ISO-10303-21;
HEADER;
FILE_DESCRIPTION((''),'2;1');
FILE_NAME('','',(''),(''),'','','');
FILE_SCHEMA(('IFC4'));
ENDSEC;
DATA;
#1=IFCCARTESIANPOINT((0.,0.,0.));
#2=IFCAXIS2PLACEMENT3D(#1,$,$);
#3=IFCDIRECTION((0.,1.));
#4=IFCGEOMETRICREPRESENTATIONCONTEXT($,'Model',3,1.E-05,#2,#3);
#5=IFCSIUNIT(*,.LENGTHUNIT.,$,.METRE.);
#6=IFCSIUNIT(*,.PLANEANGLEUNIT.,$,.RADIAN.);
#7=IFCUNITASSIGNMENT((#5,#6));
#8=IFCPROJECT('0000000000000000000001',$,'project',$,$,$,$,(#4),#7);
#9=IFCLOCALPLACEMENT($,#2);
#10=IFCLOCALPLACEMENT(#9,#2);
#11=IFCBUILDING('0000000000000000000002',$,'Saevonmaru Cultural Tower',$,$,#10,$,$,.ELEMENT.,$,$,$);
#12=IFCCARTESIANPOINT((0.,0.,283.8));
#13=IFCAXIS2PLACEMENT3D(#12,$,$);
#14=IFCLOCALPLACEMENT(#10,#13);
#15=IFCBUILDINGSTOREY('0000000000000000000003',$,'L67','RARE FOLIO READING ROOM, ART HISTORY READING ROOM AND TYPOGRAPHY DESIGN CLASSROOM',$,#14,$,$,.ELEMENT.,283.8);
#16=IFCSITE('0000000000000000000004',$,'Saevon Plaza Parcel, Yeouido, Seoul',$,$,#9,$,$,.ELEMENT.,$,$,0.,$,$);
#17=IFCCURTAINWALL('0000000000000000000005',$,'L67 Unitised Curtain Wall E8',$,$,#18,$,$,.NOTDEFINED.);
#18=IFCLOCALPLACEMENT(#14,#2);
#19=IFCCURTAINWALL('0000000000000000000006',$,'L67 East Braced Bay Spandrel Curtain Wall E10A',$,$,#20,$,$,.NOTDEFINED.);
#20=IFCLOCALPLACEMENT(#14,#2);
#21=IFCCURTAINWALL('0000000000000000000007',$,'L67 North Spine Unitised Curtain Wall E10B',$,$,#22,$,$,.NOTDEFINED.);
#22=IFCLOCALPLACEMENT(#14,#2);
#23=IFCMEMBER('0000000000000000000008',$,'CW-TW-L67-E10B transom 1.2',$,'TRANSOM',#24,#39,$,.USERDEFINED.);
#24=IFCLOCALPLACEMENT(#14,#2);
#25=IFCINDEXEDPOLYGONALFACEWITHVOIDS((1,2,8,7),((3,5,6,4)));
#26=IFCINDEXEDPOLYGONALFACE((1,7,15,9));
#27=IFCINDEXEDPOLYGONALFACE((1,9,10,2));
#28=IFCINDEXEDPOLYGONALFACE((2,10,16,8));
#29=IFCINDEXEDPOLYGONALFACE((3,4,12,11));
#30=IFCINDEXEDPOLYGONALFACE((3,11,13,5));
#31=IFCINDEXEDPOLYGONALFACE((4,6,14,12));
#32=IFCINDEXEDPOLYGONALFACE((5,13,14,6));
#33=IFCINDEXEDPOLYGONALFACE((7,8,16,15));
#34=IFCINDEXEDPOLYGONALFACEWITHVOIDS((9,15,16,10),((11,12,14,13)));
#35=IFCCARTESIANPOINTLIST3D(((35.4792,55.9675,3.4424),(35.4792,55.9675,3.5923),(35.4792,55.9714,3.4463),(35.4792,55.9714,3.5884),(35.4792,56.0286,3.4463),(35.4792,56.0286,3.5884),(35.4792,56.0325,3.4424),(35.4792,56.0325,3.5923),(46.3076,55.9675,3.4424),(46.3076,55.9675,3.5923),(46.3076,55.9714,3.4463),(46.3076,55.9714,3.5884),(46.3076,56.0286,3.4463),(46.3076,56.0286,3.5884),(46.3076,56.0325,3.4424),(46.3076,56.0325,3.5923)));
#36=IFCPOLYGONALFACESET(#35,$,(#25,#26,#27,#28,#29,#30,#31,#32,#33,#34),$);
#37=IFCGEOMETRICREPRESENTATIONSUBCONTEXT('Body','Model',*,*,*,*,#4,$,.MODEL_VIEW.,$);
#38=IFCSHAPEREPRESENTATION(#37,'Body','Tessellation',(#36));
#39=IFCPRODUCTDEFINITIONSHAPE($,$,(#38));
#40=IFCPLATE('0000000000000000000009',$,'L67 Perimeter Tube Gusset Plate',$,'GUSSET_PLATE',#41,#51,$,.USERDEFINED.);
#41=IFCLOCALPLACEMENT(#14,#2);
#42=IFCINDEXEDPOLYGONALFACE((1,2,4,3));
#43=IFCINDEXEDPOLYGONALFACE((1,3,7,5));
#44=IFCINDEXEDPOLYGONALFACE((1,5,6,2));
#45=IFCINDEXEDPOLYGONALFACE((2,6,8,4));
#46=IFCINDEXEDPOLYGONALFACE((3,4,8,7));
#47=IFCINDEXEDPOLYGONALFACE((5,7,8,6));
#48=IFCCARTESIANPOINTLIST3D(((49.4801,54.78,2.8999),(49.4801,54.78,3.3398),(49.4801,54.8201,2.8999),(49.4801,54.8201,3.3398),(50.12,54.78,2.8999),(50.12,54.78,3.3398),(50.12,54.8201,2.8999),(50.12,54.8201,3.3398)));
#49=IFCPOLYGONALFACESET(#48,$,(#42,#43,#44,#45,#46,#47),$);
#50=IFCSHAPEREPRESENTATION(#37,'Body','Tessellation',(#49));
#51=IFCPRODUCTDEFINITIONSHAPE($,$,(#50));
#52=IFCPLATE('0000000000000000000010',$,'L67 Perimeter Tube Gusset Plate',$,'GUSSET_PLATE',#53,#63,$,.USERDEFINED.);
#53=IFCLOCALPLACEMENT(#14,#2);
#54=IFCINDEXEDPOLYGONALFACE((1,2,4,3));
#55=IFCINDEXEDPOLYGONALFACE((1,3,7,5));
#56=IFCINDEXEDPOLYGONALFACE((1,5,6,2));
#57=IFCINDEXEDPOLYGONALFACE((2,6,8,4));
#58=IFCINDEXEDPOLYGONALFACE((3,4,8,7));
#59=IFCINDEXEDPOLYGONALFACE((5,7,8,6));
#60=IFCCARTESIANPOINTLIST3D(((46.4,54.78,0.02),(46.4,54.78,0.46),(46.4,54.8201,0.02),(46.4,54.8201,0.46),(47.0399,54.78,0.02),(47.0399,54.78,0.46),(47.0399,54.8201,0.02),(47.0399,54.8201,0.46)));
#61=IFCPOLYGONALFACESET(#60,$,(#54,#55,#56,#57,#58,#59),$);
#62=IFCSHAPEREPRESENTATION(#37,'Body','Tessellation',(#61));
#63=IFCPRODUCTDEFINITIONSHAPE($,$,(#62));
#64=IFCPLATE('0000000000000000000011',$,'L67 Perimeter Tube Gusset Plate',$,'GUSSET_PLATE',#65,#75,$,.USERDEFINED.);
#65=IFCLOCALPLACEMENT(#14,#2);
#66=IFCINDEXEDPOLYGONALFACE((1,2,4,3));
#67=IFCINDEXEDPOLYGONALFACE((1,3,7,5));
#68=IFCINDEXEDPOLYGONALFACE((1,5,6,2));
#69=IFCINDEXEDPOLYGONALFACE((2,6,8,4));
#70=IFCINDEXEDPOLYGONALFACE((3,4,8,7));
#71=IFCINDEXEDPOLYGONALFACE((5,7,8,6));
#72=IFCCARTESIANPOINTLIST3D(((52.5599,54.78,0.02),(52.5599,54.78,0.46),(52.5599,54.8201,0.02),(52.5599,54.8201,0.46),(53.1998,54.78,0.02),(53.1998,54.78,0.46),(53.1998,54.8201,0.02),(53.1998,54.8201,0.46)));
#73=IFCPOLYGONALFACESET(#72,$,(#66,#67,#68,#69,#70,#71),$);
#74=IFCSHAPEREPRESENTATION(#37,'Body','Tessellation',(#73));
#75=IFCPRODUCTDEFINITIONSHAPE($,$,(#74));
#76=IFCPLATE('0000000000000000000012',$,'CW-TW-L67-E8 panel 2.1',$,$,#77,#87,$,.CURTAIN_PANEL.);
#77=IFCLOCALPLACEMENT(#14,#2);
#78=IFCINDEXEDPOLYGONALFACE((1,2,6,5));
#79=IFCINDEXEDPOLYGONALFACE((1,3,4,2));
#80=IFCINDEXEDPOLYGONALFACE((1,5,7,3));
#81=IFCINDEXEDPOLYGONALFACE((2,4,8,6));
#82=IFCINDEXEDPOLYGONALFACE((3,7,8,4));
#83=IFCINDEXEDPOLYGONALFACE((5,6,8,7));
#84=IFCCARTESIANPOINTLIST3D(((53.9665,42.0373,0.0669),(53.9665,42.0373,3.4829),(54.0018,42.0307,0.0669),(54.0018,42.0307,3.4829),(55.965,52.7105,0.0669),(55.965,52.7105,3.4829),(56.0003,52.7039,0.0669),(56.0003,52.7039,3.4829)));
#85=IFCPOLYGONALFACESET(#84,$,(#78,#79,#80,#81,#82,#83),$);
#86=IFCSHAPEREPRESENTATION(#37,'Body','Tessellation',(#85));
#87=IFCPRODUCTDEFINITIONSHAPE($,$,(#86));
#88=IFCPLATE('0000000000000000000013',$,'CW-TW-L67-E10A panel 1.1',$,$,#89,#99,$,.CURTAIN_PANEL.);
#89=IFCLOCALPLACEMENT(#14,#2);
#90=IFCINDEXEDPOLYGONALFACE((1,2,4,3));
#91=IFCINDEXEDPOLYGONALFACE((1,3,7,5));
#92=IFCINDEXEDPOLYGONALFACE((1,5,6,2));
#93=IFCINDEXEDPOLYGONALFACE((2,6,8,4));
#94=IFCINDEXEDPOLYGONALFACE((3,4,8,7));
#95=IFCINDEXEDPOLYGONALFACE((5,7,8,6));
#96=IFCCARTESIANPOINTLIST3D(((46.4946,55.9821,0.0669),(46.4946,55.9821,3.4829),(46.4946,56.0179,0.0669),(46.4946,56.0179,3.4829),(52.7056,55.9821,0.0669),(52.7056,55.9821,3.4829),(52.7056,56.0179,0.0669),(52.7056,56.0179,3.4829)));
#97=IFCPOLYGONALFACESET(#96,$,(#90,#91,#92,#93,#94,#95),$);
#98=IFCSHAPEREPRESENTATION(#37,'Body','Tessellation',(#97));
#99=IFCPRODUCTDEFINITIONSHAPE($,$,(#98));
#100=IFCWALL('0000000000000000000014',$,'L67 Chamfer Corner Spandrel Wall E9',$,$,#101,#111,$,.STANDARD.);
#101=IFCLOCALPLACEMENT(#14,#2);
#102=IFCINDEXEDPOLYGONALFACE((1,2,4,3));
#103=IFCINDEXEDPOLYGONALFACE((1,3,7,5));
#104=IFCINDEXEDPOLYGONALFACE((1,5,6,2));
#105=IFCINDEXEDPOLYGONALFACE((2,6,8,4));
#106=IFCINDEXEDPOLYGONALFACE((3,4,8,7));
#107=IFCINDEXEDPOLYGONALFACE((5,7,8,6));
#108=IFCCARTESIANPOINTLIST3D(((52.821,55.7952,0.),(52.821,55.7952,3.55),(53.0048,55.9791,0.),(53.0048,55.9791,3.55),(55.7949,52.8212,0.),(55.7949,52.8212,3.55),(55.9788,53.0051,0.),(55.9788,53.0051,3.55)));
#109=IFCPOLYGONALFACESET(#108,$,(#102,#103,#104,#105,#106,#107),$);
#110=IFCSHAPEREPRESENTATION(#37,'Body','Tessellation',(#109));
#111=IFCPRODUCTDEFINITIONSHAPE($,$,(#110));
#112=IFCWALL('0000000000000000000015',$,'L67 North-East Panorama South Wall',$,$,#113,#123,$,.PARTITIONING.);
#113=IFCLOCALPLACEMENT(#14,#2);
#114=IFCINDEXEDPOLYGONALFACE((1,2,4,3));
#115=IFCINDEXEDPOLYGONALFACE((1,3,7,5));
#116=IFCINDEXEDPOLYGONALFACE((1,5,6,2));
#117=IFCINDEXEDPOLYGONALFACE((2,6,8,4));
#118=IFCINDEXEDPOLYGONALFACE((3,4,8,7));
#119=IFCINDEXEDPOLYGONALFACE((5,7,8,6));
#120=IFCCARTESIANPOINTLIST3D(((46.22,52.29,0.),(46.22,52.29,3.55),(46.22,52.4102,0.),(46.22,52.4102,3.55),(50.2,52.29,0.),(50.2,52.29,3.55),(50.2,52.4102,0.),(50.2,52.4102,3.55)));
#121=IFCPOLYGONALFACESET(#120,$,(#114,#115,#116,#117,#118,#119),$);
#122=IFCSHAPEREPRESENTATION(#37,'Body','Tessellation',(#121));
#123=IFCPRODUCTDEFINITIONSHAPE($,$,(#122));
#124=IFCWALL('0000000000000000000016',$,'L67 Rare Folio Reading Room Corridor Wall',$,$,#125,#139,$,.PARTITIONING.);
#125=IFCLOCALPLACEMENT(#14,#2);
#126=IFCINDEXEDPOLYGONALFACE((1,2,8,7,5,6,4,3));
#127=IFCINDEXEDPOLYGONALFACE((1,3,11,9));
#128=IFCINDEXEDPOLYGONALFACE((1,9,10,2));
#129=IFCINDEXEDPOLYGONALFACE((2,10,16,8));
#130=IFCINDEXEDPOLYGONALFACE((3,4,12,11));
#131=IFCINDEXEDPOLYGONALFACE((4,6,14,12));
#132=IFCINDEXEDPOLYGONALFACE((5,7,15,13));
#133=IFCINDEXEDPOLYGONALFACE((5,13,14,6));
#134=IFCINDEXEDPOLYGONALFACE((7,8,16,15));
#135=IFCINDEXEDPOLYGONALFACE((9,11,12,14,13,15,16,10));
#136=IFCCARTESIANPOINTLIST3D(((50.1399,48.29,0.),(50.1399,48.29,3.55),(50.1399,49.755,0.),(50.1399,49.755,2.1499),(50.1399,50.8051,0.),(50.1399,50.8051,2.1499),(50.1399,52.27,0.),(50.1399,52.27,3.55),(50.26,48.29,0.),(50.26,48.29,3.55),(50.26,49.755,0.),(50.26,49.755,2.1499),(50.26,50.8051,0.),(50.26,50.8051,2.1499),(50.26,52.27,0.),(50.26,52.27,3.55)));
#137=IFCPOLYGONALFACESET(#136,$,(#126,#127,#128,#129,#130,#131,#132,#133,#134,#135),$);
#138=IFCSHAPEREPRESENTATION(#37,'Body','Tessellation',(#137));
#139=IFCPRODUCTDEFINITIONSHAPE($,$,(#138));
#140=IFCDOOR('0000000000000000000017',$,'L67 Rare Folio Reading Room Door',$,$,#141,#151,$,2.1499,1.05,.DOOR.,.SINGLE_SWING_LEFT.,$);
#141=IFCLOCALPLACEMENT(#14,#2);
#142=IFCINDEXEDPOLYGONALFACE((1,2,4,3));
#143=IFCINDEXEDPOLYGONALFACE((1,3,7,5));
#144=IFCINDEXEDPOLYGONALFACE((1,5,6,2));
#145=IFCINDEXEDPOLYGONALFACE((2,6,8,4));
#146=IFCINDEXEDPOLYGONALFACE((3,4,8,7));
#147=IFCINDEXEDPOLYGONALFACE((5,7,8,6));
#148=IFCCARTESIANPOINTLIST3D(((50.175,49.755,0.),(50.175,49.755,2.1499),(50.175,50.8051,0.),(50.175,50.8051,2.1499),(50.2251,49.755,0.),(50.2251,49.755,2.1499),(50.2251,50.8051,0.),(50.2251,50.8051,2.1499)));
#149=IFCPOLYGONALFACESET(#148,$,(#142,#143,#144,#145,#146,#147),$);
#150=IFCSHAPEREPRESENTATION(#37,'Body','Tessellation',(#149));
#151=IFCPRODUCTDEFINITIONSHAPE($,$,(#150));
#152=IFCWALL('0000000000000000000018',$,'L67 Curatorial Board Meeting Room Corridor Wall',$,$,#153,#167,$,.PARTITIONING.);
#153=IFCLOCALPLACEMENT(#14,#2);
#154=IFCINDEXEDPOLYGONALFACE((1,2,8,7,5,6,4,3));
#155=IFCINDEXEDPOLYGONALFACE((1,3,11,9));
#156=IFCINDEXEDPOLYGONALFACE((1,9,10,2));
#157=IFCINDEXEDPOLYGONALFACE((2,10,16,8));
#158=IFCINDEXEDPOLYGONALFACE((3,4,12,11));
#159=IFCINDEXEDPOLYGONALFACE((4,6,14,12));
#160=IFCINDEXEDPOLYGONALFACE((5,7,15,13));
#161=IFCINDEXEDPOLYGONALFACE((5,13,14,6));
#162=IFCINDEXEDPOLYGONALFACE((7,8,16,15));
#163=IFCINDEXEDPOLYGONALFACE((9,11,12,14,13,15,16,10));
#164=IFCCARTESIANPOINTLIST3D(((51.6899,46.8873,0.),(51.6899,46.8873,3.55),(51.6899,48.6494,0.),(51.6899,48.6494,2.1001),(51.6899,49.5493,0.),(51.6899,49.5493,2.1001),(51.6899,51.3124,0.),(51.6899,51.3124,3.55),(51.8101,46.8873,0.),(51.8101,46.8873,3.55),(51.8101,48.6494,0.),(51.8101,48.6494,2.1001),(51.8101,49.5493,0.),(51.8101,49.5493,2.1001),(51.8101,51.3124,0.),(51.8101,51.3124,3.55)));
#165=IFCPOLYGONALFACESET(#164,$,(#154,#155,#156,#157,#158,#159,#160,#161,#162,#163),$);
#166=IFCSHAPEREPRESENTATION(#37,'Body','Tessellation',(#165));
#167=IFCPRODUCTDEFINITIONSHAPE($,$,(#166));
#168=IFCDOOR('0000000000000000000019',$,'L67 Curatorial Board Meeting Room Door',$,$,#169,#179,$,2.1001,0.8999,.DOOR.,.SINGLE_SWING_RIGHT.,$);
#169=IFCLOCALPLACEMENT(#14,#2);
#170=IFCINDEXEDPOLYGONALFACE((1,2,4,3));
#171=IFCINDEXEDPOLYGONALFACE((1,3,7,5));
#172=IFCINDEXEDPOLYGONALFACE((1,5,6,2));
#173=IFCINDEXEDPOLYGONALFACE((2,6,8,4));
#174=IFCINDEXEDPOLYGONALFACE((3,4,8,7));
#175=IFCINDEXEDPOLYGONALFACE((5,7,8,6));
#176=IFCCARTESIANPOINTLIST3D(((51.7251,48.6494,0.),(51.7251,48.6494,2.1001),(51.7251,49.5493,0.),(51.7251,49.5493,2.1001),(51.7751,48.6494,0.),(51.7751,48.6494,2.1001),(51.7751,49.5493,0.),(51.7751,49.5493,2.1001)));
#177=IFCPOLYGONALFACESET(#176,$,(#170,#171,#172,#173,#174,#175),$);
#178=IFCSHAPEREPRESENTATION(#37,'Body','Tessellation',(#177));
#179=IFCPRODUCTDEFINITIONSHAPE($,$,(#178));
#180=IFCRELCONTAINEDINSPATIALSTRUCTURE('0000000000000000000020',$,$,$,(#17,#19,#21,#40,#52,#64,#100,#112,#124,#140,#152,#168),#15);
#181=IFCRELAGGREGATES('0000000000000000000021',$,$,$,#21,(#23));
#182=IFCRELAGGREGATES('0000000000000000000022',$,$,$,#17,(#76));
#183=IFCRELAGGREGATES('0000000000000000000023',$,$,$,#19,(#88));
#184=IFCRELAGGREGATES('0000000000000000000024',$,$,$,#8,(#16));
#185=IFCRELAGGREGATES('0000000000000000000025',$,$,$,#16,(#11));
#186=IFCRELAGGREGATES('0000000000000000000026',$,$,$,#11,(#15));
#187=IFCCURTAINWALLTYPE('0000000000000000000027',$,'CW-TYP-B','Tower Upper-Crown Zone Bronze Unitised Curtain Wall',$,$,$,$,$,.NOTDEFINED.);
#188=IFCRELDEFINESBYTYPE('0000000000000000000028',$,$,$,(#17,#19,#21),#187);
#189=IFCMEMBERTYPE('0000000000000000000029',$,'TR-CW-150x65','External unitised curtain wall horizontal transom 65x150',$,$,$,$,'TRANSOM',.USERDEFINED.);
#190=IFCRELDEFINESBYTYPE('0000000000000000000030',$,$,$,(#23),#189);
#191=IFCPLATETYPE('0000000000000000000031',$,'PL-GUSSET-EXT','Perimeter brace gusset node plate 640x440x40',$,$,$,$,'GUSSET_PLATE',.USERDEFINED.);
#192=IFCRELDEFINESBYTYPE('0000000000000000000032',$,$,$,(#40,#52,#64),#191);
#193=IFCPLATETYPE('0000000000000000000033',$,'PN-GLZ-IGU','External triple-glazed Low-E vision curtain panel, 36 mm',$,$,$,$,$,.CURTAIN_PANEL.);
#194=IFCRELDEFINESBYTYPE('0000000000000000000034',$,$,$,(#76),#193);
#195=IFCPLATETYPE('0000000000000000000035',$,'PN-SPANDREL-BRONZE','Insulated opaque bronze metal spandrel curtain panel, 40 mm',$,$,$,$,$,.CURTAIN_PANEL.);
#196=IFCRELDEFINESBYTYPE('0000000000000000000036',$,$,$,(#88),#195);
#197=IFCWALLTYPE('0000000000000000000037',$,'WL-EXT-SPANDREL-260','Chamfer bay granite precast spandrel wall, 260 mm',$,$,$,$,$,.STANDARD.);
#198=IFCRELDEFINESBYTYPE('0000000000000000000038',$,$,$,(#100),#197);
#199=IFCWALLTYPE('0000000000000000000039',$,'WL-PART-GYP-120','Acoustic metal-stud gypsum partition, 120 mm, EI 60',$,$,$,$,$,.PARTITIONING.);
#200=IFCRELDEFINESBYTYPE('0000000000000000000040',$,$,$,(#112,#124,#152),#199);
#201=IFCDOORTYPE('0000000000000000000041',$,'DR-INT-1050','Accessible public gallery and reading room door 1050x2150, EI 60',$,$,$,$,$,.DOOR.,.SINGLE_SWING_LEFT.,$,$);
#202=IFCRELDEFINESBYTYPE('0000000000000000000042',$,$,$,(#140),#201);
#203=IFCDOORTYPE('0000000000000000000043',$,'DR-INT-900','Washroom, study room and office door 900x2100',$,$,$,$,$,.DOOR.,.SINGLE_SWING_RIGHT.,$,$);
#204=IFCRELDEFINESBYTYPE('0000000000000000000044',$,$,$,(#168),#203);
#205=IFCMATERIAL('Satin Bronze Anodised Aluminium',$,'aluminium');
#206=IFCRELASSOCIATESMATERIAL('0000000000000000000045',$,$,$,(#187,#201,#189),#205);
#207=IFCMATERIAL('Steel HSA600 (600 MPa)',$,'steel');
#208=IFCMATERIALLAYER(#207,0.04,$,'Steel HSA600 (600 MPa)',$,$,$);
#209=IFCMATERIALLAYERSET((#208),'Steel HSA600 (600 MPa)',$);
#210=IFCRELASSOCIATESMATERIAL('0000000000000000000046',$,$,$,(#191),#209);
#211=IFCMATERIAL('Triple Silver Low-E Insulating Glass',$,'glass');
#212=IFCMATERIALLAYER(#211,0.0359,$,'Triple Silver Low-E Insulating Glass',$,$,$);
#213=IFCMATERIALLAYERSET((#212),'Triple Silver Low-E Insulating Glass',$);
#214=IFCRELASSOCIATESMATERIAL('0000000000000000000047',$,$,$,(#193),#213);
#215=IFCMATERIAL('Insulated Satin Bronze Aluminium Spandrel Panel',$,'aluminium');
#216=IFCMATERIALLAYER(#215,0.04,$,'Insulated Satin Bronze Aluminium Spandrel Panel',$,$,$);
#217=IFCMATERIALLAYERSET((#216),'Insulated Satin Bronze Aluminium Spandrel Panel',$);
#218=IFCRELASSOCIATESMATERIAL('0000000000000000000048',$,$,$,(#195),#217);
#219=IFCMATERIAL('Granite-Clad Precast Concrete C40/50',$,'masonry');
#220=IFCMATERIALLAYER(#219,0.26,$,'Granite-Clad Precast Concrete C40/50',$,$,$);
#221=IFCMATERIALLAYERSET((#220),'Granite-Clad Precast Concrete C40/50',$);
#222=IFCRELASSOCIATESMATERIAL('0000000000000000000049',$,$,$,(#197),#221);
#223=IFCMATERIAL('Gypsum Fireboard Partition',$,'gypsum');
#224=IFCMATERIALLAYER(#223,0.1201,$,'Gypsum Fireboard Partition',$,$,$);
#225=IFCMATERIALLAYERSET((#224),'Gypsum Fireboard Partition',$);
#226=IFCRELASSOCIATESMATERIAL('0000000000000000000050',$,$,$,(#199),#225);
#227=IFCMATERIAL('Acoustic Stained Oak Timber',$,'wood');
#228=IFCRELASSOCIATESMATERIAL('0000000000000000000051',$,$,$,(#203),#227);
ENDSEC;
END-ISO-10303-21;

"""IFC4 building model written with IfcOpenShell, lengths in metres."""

from ifc_helpers import new_model, si_unit, direction, frame, frame_2d, origin, origin_2d, place, context, subcontext, project, spatial, rectangle, hollow_rectangle, extrude, material, layer, layer_set, material_profile, profile_set, type_object, element, fill, aggregate, save


model = new_model("IFC4")

# Units and contexts
model_context = context("Model", 3, precision=1e-05, world=origin(), true_north=direction((0.0, 1.0)))
body_context = subcontext(model_context, "Body", "Model", "MODEL_VIEW")
ifc_project = project(units=[si_unit("LENGTHUNIT", "METRE"), si_unit("PLANEANGLEUNIT", "RADIAN")], contexts=[model_context])

# Site, building, storey
site_placement = place(None, origin())
site = spatial("IfcSite", under=ifc_project, at=site_placement, Name="Saevon Plaza Parcel, Yeouido, Seoul", CompositionType="ELEMENT", RefElevation=0.0)
building_placement = place(site_placement, origin())
building = spatial("IfcBuilding", under=site, at=building_placement, Name="Saevonmaru Cultural Tower", CompositionType="ELEMENT")
storey_placement = place(building_placement, frame((0.0, 0.0, 283.8)))
storey = spatial("IfcBuildingStorey", under=building, at=storey_placement, Name="L67", Description="RARE FOLIO READING ROOM, ART HISTORY READING ROOM AND TYPOGRAPHY DESIGN CLASSROOM", CompositionType="ELEMENT", Elevation=283.8)

# Curtain wall
ifc_material_1 = material(Name="Satin Bronze Anodised Aluminium", Category="aluminium")
curtain_wall_type = type_object("IfcCurtainWallType", Name="CW-TYP-B", Description="Tower Upper-Crown Zone Bronze Unitised Curtain Wall", PredefinedType="NOTDEFINED", material=ifc_material_1)
curtain_wall_1_placement = place(storey_placement, origin())
curtain_wall_1 = element("IfcCurtainWall", 1, at=curtain_wall_1_placement, inside=storey, type_object=curtain_wall_type, Name="L67 Unitised Curtain Wall E8", PredefinedType="NOTDEFINED")

# Curtain wall
curtain_wall_2_placement = place(storey_placement, origin())
curtain_wall_2 = element("IfcCurtainWall", 2, at=curtain_wall_2_placement, inside=storey, type_object=curtain_wall_type, Name="L67 East Braced Bay Spandrel Curtain Wall E10A", PredefinedType="NOTDEFINED")

# Curtain wall
curtain_wall_3_placement = place(storey_placement, origin())
curtain_wall_3 = element("IfcCurtainWall", 3, at=curtain_wall_3_placement, inside=storey, type_object=curtain_wall_type, Name="L67 North Spine Unitised Curtain Wall E10B", PredefinedType="NOTDEFINED")

# Member
ifc_material_profile_1 = material_profile(ifc_material_1, hollow_rectangle(XDim=0.0649, YDim=0.1499, WallThickness=0.0039, at=origin_2d()), Name="ALU-TRAN-150x65x4")
ifc_profile_set_1 = profile_set([ifc_material_profile_1], Name="Satin Bronze Anodised Aluminium")
member_type_1 = type_object("IfcMemberType", Name="TR-CW-150x65", Description="External unitised curtain wall horizontal transom 65x150", ElementType="TRANSOM", PredefinedType="USERDEFINED", material=ifc_profile_set_1)
member_1_placement = place(storey_placement, frame((46.3076, 56.0, 3.5173), z_axis=(-1.0, 0.0, 0.0), x_axis=(0.0, -1.0, 0.0)))
member_1 = element("IfcMember", 4, at=member_1_placement, type_object=member_type_1, Name="CW-TW-L67-E10B transom 1.2", ObjectType="TRANSOM", PredefinedType="USERDEFINED", context=body_context, shape_type="SweptSolid", body=[
    extrude(hollow_rectangle(XDim=0.0649, YDim=0.1499, WallThickness=0.0039, at=origin_2d()), origin(), (0.0, 0.0, 1.0), 10.8284),
])
aggregate(curtain_wall_3, [member_1])

# Plates
ifc_material_2 = material(Name="Steel HSA600 (600 MPa)", Category="steel")
ifc_layer_1 = layer(ifc_material_2, 0.04, Name="Steel HSA600 (600 MPa)")
ifc_layer_set_1 = layer_set([ifc_layer_1], Name="Steel HSA600 (600 MPa)")
plate_type_1 = type_object("IfcPlateType", Name="PL-GUSSET-EXT", Description="Perimeter brace gusset node plate 640x440x40", ElementType="GUSSET_PLATE", PredefinedType="USERDEFINED", material=ifc_layer_set_1)
for number, where, z_axis, x_axis, name in (
    (5, (49.8, 54.8, 2.8999), (0.0, 0.0, 1.0), (1.0, 0.0, 0.0), "L67 Perimeter Tube Gusset Plate"),
    (6, (46.72, 54.8, 0.02), (0.0, 0.0, 1.0), (1.0, 0.0, 0.0), "L67 Perimeter Tube Gusset Plate"),
    (7, (52.8799, 54.8, 0.02), (0.0, 0.0, 1.0), (1.0, 0.0, 0.0), "L67 Perimeter Tube Gusset Plate"),
):
    element("IfcPlate", number, at=place(storey_placement, frame(where, z_axis=z_axis, x_axis=x_axis)), inside=storey, type_object=plate_type_1, Name=name, ObjectType="GUSSET_PLATE", PredefinedType="USERDEFINED", context=body_context, shape_type="SweptSolid", body=[
        extrude(rectangle(XDim=0.6399, YDim=0.04, at=origin_2d()), origin(), (0.0, 0.0, 1.0), 0.4399),
    ])

# Plates
ifc_material_3 = material(Name="Triple Silver Low-E Insulating Glass", Category="glass")
ifc_layer_2 = layer(ifc_material_3, 0.0359, Name="Triple Silver Low-E Insulating Glass")
ifc_layer_set_2 = layer_set([ifc_layer_2], Name="Triple Silver Low-E Insulating Glass")
plate_type_2 = type_object("IfcPlateType", Name="PN-GLZ-IGU", Description="External triple-glazed Low-E vision curtain panel, 36 mm", PredefinedType="CURTAIN_PANEL", material=ifc_layer_set_2)
plate_1_placement = place(storey_placement, frame((54.9834, 47.3706, 0.0669), z_axis=(0.0, 0.0, 1.0), x_axis=(0.184047, 0.982918, 0.0)))
plate_1 = element("IfcPlate", 8, at=plate_1_placement, type_object=plate_type_2, Name="CW-TW-L67-E8 panel 2.1", PredefinedType="CURTAIN_PANEL", context=body_context, shape_type="SweptSolid", body=[
    extrude(rectangle(XDim=10.8586, YDim=0.0359, at=origin_2d()), origin(), (0.0, 0.0, 1.0), 3.416),
])
aggregate(curtain_wall_1, [plate_1])
ifc_material_4 = material(Name="Insulated Satin Bronze Aluminium Spandrel Panel", Category="aluminium")
ifc_layer_3 = layer(ifc_material_4, 0.04, Name="Insulated Satin Bronze Aluminium Spandrel Panel")
ifc_layer_set_3 = layer_set([ifc_layer_3], Name="Insulated Satin Bronze Aluminium Spandrel Panel")
plate_type_3 = type_object("IfcPlateType", Name="PN-SPANDREL-BRONZE", Description="Insulated opaque bronze metal spandrel curtain panel, 40 mm", PredefinedType="CURTAIN_PANEL", material=ifc_layer_set_3)
plate_2_placement = place(storey_placement, frame((49.6001, 56.0, 0.0669), z_axis=(0.0, 0.0, 1.0), x_axis=(-1.0, 0.0, 0.0)))
plate_2 = element("IfcPlate", 9, at=plate_2_placement, type_object=plate_type_3, Name="CW-TW-L67-E10A panel 1.1", PredefinedType="CURTAIN_PANEL", context=body_context, shape_type="SweptSolid", body=[
    extrude(rectangle(XDim=6.2109, YDim=0.0359, at=origin_2d()), origin(), (0.0, 0.0, 1.0), 3.416),
])
aggregate(curtain_wall_2, [plate_2])

# Wall
ifc_material_5 = material(Name="Granite-Clad Precast Concrete C40/50", Category="masonry")
ifc_layer_4 = layer(ifc_material_5, 0.26, Name="Granite-Clad Precast Concrete C40/50")
ifc_layer_set_4 = layer_set([ifc_layer_4], Name="Granite-Clad Precast Concrete C40/50")
wall_type_1 = type_object("IfcWallType", Name="WL-EXT-SPANDREL-260", Description="Chamfer bay granite precast spandrel wall, 260 mm", PredefinedType="STANDARD", material=ifc_layer_set_4)
wall_1_placement = place(storey_placement, frame((55.887, 52.9131, 0.0), z_axis=(0.0, 0.0, 1.0), x_axis=(-0.707107, 0.707107, 0.0)))
element("IfcWall", 10, at=wall_1_placement, inside=storey, type_object=wall_type_1, Name="L67 Chamfer Corner Spandrel Wall E9", PredefinedType="STANDARD", context=body_context, shape_type="SweptSolid", body=[
    extrude(rectangle(XDim=4.2058, YDim=0.26, at=frame_2d((2.103, 0.0))), origin(), (0.0, 0.0, 1.0), 3.55),
])

# Shared definitions
ifc_material_6 = material(Name="Gypsum Fireboard Partition", Category="gypsum")
door_type_1 = type_object("IfcDoorType", Name="DR-INT-1050", Description="Accessible public gallery and reading room door 1050x2150, EI 60", OperationType="SINGLE_SWING_LEFT", PredefinedType="DOOR", material=ifc_material_1)

# Wall
ifc_layer_5 = layer(ifc_material_6, 0.1201, Name="Gypsum Fireboard Partition")
ifc_layer_set_5 = layer_set([ifc_layer_5], Name="Gypsum Fireboard Partition")
wall_type_2 = type_object("IfcWallType", Name="WL-PART-GYP-120", Description="Acoustic metal-stud gypsum partition, 120 mm, EI 60", PredefinedType="PARTITIONING", material=ifc_layer_set_5)
wall_2_placement = place(storey_placement, frame((46.22, 52.3501, 0.0), z_axis=(0.0, 0.0, 1.0), x_axis=(1.0, 0.0, 0.0)))
element("IfcWall", 11, at=wall_2_placement, inside=storey, type_object=wall_type_2, Name="L67 North-East Panorama South Wall", PredefinedType="PARTITIONING", context=body_context, shape_type="SweptSolid", body=[
    extrude(rectangle(XDim=3.98, YDim=0.1201, at=frame_2d((1.99, 0.0))), origin(), (0.0, 0.0, 1.0), 3.55),
])

# Walls, openings, doors
wall_3_placement = place(storey_placement, frame((50.2, 48.29, 0.0), z_axis=(0.0, 0.0, 1.0), x_axis=(0.0, 1.0, 0.0)))
wall_3 = element("IfcWall", 12, at=wall_3_placement, inside=storey, type_object=wall_type_2, Name="L67 Rare Folio Reading Room Corridor Wall", PredefinedType="PARTITIONING", context=body_context, shape_type="SweptSolid", body=[
    extrude(rectangle(XDim=3.98, YDim=0.1201, at=frame_2d((1.99, 0.0))), origin(), (0.0, 0.0, 1.0), 3.55),
])
opening_1_placement = place(wall_3_placement, frame((1.4651, 0.0, 0.0)))
opening_1 = element("IfcOpeningElement", 13, at=opening_1_placement, cuts=wall_3, PredefinedType="OPENING", context=body_context, shape_type="SweptSolid", body=[
    extrude(rectangle(XDim=1.05, YDim=2.1499, at=frame_2d((0.5249, 1.075))), frame((0.0, 0.0701, 0.0), z_axis=(0.0, -1.0, 0.0), x_axis=(1.0, 0.0, 0.0)), (0.0, 0.0, 1.0), 0.1401),
])
door_1_placement = place(opening_1_placement, origin())
door_1 = element("IfcDoor", 14, at=door_1_placement, inside=storey, type_object=door_type_1, Name="L67 Rare Folio Reading Room Door", OperationType="SINGLE_SWING_LEFT", OverallHeight=2.1499, OverallWidth=1.05, PredefinedType="DOOR", context=body_context, shape_type="SweptSolid", body=[
    extrude(rectangle(XDim=1.05, YDim=2.1499, at=frame_2d((0.5249, 1.075))), frame((0.0, 0.0249, 0.0), z_axis=(0.0, -1.0, 0.0), x_axis=(1.0, 0.0, 0.0)), (0.0, 0.0, 1.0), 0.05),
])
fill(opening_1, door_1)
wall_4_placement = place(storey_placement, frame((51.75, 46.8875, 0.0), z_axis=(0.0, 0.0, 1.0), x_axis=(0.0, 1.0, 0.0)))
wall_4 = element("IfcWall", 15, at=wall_4_placement, inside=storey, type_object=wall_type_2, Name="L67 Curatorial Board Meeting Room Corridor Wall", PredefinedType="PARTITIONING", context=body_context, shape_type="SweptSolid", body=[
    extrude(rectangle(XDim=4.425, YDim=0.1201, at=frame_2d((2.2124, 0.0))), origin(), (0.0, 0.0, 1.0), 3.55),
])
opening_2_placement = place(wall_4_placement, frame((1.762, 0.0, 0.0)))
opening_2 = element("IfcOpeningElement", 16, at=opening_2_placement, cuts=wall_4, PredefinedType="OPENING", context=body_context, shape_type="SweptSolid", body=[
    extrude(rectangle(XDim=0.8999, YDim=2.1001, at=frame_2d((0.45, 1.05))), frame((0.0, 0.0701, 0.0), z_axis=(0.0, -1.0, 0.0), x_axis=(1.0, 0.0, 0.0)), (0.0, 0.0, 1.0), 0.1401),
])
ifc_material_7 = material(Name="Acoustic Stained Oak Timber", Category="wood")
door_type_2 = type_object("IfcDoorType", Name="DR-INT-900", Description="Washroom, study room and office door 900x2100", OperationType="SINGLE_SWING_RIGHT", PredefinedType="DOOR", material=ifc_material_7)
door_2_placement = place(opening_2_placement, origin())
door_2 = element("IfcDoor", 17, at=door_2_placement, inside=storey, type_object=door_type_2, Name="L67 Curatorial Board Meeting Room Door", OperationType="SINGLE_SWING_RIGHT", OverallHeight=2.1001, OverallWidth=0.8999, PredefinedType="DOOR", context=body_context, shape_type="SweptSolid", body=[
    extrude(rectangle(XDim=0.8999, YDim=2.1001, at=frame_2d((0.45, 1.05))), frame((0.0, 0.0249, 0.0), z_axis=(0.0, -1.0, 0.0), x_axis=(1.0, 0.0, 0.0)), (0.0, 0.0, 1.0), 0.05),
])
fill(opening_2, door_2)

save(model, "model.ifc")
